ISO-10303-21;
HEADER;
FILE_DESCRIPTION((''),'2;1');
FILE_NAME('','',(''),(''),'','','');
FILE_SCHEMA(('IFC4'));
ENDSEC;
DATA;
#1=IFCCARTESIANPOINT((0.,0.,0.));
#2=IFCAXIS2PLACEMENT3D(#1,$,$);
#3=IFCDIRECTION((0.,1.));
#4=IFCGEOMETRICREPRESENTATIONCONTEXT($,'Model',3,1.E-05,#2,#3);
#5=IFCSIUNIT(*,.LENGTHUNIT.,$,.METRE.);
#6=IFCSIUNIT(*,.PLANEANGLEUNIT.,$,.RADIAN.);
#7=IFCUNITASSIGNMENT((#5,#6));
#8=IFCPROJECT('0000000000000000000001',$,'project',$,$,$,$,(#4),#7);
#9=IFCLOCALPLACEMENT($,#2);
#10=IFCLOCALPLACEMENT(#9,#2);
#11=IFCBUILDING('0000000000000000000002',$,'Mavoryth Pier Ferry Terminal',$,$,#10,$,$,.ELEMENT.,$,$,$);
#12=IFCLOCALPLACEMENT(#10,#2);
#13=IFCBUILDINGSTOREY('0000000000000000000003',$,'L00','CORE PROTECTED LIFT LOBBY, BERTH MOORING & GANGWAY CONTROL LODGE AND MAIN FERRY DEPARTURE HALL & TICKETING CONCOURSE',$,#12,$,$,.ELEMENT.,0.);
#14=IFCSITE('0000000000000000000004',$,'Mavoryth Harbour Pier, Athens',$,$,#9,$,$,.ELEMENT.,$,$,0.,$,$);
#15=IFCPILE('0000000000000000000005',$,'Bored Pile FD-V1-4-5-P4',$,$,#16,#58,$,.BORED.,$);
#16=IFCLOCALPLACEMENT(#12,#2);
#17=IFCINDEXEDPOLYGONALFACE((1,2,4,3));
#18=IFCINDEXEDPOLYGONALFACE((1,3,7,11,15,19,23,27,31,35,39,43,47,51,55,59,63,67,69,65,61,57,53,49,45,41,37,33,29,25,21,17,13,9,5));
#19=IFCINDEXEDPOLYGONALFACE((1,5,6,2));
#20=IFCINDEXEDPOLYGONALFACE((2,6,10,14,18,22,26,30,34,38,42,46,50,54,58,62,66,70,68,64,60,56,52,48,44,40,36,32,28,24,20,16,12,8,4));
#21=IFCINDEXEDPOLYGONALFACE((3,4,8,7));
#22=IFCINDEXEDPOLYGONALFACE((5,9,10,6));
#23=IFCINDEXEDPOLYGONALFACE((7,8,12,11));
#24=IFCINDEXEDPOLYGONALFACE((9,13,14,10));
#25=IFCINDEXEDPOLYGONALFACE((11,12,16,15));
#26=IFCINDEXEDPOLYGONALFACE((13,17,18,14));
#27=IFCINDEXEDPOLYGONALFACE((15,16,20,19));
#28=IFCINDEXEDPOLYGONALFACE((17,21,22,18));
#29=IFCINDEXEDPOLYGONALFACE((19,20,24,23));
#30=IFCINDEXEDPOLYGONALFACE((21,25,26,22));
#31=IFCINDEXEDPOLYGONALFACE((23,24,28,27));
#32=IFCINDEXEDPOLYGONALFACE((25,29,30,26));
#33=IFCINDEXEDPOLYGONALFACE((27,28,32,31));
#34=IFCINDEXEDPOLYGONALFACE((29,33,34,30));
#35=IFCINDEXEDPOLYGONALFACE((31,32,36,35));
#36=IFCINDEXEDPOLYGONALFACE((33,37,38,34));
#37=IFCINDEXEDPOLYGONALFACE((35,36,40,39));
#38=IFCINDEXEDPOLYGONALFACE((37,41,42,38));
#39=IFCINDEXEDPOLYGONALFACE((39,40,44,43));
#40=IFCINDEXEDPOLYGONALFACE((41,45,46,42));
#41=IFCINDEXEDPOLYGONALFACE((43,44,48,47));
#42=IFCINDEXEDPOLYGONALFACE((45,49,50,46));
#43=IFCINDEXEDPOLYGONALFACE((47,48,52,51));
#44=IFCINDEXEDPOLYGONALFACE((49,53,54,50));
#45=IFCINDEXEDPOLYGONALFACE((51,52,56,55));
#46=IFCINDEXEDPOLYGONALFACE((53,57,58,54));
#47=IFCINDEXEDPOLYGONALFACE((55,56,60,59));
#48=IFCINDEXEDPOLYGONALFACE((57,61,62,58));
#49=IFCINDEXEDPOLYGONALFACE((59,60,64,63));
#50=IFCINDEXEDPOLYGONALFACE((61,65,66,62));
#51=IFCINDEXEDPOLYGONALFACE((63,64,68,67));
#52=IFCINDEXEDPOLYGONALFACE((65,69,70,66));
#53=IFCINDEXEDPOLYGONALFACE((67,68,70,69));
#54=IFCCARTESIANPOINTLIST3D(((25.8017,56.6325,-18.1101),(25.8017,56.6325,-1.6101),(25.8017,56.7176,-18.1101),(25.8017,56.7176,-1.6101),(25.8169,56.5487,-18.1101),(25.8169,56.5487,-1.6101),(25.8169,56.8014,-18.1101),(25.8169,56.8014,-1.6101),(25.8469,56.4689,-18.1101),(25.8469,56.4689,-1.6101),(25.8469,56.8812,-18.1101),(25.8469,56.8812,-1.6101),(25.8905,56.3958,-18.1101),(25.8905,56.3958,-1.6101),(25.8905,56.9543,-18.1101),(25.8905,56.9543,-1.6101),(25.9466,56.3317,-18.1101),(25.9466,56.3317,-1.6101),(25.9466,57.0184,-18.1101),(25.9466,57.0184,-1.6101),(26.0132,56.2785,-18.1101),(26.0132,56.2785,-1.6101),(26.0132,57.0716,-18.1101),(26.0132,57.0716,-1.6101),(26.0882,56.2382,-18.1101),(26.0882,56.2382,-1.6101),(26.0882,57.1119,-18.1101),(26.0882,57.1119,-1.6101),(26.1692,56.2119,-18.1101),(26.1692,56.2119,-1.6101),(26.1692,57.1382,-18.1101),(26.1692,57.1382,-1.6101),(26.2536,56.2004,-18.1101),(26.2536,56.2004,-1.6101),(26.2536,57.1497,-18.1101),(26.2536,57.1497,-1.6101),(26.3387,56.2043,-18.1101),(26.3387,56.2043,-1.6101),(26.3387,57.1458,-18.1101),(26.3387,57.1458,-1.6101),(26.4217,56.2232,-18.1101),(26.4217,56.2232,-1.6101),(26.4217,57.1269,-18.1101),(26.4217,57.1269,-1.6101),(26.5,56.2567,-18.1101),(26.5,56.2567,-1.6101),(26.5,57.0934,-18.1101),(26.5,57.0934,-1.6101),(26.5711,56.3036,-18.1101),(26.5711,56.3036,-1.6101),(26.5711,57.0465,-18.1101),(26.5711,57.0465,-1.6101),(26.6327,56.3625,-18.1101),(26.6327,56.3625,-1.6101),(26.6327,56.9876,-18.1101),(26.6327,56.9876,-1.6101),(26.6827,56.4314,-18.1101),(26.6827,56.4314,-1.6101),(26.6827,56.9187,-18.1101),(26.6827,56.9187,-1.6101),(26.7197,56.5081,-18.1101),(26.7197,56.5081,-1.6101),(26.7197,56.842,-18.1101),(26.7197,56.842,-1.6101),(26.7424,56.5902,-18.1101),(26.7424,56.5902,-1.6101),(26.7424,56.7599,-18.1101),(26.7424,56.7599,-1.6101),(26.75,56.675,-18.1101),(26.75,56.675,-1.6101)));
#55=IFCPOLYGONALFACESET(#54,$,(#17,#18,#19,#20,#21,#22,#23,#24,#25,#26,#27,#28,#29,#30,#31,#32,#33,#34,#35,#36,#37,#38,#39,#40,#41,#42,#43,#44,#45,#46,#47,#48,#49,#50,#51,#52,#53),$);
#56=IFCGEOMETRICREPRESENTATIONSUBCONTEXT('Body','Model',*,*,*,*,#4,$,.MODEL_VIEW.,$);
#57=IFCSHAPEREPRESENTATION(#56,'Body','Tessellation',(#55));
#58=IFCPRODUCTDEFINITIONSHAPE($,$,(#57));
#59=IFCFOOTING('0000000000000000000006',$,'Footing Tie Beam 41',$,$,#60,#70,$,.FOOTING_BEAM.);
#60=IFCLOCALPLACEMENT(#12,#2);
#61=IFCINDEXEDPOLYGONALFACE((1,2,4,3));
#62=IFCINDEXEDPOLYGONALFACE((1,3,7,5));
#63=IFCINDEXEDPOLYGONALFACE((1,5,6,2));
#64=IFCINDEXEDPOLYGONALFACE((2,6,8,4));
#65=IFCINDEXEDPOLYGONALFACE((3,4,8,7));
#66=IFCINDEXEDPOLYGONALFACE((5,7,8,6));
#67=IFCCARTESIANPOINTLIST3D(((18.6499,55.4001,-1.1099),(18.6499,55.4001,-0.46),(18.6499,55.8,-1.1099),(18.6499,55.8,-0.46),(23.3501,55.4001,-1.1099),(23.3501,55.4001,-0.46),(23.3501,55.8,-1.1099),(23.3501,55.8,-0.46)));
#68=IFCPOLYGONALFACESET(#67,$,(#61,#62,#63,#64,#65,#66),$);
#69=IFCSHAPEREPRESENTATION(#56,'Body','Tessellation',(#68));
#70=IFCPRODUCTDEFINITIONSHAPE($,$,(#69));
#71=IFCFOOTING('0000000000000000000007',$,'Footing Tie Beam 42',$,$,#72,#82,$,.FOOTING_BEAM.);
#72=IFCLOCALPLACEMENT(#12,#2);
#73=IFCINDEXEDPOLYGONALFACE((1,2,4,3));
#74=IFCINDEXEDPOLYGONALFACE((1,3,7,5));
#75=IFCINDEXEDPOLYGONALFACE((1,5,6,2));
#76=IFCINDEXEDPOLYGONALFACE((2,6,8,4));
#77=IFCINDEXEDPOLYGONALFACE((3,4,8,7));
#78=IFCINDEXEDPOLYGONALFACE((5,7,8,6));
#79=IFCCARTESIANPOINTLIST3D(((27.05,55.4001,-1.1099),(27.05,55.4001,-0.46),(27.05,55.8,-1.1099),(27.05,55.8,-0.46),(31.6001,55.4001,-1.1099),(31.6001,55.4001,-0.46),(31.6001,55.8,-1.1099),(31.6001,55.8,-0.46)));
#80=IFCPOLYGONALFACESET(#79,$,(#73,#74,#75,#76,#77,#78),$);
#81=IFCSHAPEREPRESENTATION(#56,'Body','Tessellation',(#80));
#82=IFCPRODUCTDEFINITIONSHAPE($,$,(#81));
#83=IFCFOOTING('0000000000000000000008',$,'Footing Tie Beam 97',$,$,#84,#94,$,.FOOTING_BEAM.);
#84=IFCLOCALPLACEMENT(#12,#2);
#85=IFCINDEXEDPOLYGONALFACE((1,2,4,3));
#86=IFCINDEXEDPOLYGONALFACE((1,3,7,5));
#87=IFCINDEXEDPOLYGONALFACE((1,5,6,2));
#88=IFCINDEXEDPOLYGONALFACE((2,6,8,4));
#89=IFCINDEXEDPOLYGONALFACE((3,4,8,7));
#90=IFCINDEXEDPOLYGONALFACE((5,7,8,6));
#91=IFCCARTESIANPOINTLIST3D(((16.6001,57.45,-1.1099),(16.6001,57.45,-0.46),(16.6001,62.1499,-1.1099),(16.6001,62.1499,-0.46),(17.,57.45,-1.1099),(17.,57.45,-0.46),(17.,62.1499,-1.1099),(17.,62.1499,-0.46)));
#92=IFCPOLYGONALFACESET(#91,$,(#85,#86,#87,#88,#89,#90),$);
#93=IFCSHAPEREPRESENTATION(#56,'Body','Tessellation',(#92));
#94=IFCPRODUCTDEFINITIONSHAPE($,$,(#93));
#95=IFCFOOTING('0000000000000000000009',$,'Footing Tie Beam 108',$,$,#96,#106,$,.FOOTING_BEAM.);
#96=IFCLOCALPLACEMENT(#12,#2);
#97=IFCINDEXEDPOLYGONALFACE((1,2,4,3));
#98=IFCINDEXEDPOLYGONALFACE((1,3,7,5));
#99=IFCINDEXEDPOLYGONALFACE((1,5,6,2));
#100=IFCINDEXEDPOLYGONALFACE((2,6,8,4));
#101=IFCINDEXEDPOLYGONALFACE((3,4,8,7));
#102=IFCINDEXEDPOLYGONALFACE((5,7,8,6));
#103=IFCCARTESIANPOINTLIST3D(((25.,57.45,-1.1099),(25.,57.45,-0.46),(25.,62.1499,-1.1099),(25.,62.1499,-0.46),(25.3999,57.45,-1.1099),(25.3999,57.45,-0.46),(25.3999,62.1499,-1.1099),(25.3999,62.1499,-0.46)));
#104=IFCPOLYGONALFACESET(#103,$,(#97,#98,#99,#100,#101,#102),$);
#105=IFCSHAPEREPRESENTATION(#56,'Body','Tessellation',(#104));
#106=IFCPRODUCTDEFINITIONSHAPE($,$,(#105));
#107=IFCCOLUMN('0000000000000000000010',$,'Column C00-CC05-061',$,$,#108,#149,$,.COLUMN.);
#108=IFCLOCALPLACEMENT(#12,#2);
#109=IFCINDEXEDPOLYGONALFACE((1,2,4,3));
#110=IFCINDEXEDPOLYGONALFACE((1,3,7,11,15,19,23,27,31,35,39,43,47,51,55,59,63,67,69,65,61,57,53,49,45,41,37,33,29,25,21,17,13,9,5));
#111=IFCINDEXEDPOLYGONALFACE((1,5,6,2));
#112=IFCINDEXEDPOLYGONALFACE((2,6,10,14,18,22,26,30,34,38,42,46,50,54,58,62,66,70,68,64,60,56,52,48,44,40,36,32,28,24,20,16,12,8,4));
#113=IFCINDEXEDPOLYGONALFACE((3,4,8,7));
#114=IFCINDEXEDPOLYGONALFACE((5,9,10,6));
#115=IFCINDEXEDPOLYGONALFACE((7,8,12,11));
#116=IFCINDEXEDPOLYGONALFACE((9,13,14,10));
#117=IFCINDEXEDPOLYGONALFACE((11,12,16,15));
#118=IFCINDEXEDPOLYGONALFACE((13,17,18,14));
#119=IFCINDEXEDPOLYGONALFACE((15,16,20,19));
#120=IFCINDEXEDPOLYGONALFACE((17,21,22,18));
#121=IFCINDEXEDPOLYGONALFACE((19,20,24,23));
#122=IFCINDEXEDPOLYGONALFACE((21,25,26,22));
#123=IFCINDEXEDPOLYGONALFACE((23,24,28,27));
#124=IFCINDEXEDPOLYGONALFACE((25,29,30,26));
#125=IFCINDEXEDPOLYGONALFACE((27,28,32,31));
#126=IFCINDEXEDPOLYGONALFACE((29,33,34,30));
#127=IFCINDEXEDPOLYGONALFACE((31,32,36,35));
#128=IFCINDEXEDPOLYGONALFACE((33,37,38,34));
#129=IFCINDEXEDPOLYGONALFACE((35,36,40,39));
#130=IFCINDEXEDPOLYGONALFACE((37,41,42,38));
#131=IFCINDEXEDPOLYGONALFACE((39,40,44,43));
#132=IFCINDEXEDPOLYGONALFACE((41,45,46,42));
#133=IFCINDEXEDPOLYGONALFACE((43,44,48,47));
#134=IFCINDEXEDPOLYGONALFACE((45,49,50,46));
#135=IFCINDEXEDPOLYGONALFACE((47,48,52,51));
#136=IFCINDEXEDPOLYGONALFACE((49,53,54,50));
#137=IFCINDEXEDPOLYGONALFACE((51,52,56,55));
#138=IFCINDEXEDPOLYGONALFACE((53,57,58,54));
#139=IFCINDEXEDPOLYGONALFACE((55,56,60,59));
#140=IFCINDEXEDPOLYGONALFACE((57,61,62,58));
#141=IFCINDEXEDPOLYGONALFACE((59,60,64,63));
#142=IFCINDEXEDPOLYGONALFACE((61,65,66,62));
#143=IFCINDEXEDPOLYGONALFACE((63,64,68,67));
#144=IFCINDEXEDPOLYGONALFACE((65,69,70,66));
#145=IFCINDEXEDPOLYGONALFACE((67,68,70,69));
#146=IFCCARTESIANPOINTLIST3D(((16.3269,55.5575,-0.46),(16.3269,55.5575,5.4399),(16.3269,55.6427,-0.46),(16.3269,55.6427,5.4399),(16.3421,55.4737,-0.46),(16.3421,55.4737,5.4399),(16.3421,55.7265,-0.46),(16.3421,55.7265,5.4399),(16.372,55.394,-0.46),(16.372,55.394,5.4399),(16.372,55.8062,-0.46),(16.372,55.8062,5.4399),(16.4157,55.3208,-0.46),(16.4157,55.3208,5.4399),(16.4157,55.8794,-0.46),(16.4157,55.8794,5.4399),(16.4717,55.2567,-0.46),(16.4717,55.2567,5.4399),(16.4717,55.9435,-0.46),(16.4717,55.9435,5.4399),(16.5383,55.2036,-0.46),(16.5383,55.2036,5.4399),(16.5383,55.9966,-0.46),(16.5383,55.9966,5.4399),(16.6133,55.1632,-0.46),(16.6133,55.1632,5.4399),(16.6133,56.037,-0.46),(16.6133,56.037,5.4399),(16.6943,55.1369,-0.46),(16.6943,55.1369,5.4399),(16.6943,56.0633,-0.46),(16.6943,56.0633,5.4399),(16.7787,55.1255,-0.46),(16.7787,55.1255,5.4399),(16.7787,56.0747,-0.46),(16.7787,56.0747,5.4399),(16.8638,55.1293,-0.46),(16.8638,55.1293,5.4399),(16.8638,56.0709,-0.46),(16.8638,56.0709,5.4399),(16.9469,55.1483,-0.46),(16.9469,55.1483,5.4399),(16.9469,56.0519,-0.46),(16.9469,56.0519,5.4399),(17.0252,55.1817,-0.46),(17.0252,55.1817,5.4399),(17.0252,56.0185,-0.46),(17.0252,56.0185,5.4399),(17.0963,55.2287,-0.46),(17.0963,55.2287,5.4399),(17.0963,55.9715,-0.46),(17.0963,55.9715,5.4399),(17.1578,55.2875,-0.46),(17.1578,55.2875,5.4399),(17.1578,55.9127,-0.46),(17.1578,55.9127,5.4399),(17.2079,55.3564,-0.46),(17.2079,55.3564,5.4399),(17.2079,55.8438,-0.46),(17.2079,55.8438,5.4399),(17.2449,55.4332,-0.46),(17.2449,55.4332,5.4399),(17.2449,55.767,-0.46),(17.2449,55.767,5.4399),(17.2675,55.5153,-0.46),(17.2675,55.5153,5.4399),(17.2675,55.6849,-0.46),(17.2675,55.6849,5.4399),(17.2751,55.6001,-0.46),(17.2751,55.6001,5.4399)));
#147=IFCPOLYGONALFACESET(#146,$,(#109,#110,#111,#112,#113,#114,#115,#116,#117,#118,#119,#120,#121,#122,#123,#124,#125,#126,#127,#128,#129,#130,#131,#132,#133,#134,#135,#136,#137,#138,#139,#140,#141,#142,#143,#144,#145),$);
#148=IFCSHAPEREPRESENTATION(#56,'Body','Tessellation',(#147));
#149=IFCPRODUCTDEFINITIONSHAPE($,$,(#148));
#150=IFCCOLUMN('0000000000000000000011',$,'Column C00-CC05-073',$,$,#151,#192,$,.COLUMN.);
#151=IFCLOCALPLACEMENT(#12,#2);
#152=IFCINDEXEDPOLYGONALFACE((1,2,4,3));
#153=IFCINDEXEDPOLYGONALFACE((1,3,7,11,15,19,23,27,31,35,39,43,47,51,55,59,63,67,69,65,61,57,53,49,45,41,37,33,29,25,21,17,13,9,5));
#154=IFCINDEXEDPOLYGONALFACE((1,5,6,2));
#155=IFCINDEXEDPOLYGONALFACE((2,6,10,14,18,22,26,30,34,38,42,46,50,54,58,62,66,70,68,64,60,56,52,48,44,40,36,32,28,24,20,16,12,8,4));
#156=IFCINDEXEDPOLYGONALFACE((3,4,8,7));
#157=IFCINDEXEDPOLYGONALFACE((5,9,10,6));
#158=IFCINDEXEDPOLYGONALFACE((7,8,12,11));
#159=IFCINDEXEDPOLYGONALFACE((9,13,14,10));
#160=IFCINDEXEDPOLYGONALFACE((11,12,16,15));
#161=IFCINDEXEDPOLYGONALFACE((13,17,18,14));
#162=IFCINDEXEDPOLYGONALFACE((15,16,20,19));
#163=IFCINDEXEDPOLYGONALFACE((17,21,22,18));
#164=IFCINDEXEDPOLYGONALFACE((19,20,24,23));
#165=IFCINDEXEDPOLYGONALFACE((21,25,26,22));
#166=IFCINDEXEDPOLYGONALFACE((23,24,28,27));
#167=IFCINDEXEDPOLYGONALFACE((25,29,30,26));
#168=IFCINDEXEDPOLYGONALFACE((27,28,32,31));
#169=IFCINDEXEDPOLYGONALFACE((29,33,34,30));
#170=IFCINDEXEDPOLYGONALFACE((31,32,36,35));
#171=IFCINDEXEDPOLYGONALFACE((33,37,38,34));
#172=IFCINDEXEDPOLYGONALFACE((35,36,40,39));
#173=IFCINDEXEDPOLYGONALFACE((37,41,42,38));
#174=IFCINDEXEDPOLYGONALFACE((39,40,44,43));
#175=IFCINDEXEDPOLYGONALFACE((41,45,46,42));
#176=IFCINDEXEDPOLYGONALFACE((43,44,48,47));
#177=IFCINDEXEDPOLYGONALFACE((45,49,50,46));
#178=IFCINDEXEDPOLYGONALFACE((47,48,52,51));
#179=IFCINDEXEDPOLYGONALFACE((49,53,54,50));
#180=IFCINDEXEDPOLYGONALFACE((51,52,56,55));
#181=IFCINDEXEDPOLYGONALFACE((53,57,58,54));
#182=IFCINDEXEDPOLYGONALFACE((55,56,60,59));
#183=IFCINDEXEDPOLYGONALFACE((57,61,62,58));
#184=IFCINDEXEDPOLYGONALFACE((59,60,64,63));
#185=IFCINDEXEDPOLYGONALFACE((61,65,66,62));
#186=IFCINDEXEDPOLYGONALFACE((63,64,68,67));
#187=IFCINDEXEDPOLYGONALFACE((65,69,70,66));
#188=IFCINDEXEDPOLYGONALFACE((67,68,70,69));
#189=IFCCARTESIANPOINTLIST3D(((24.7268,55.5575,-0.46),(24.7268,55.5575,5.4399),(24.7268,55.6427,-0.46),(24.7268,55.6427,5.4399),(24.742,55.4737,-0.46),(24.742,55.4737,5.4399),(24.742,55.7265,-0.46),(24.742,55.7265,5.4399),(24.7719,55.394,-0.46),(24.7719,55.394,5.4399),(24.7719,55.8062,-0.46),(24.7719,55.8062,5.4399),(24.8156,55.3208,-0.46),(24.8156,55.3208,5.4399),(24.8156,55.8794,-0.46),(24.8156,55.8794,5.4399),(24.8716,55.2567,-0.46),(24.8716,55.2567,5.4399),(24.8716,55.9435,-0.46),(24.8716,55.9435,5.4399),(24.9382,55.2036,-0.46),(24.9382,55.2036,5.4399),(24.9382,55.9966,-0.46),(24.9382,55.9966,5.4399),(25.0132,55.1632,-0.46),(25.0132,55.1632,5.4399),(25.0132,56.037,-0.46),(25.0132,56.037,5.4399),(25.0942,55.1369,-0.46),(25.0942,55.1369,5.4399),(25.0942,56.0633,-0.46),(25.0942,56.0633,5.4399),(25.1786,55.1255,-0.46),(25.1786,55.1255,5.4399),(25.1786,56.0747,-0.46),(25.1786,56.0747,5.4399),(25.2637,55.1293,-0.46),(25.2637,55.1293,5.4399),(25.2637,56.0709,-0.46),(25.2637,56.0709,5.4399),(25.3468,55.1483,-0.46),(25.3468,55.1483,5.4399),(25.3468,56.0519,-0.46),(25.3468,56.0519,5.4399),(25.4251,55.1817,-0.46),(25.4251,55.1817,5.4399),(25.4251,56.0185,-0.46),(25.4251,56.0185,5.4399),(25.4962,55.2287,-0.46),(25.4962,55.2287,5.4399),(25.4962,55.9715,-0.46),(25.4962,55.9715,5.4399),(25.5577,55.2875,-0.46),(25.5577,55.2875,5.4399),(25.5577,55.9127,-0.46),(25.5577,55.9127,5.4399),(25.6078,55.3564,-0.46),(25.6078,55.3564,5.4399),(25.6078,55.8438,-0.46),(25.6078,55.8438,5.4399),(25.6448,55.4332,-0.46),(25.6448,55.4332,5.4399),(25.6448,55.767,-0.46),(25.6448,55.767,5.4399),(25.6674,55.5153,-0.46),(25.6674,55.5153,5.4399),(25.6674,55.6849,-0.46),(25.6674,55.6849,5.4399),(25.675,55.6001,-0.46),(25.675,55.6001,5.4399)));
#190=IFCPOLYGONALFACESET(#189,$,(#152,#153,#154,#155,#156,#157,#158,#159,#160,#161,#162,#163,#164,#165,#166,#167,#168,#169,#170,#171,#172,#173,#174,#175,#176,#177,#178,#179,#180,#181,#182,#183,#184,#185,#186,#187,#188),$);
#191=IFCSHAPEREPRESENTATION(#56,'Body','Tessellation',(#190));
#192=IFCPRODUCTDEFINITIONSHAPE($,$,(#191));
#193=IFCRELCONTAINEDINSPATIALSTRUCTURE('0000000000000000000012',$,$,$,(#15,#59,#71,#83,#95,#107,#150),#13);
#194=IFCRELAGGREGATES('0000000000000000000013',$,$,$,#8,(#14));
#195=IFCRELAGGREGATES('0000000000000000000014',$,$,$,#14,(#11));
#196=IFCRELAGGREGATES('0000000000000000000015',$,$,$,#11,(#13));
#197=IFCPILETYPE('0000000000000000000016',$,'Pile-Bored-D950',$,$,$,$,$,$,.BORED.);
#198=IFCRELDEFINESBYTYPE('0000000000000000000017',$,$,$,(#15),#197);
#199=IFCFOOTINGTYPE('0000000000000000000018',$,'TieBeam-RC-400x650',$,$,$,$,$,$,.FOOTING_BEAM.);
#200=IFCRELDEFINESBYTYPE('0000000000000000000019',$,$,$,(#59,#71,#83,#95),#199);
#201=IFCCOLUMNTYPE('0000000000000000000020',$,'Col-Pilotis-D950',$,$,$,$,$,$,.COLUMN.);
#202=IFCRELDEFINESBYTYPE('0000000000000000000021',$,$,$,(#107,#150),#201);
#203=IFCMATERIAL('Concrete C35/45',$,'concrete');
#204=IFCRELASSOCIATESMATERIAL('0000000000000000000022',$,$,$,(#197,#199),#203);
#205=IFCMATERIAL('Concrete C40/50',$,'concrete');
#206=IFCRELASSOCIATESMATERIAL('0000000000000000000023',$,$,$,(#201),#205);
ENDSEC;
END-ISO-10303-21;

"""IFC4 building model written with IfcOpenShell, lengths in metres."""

from ifc_helpers import new_model, si_unit, direction, frame, origin, origin_2d, place, context, subcontext, project, spatial, rectangle, circle, extrude, material, material_profile, profile_set, type_object, element, save


model = new_model("IFC4")

# Units and contexts
model_context = context("Model", 3, precision=1e-05, world=origin(), true_north=direction((0.0, 1.0)))
body_context = subcontext(model_context, "Body", "Model", "MODEL_VIEW")
ifc_project = project(units=[si_unit("LENGTHUNIT", "METRE"), si_unit("PLANEANGLEUNIT", "RADIAN")], contexts=[model_context])

# Site, building, storey
site_placement = place(None, origin())
site = spatial("IfcSite", under=ifc_project, at=site_placement, Name="Mavoryth Harbour Pier, Athens", CompositionType="ELEMENT", RefElevation=0.0)
building_placement = place(site_placement, origin())
building = spatial("IfcBuilding", under=site, at=building_placement, Name="Mavoryth Pier Ferry Terminal", CompositionType="ELEMENT")
storey_placement = place(building_placement, origin())
storey = spatial("IfcBuildingStorey", under=building, at=storey_placement, Name="L00", Description="CORE PROTECTED LIFT LOBBY, BERTH MOORING & GANGWAY CONTROL LODGE AND MAIN FERRY DEPARTURE HALL & TICKETING CONCOURSE", CompositionType="ELEMENT", Elevation=0.0)

# Shared definitions
ifc_material_1 = material(Name="Concrete C35/45", Category="concrete")

# Pile
ifc_material_profile_1 = material_profile(ifc_material_1, circle(Radius=0.4751, at=origin_2d()), Name="PILE D950", Category="concrete")
ifc_profile_set_1 = profile_set([ifc_material_profile_1], Name="Concrete C35/45 - PILE D950")
pile_type_1 = type_object("IfcPileType", Name="Pile-Bored-D950", PredefinedType="BORED", material=ifc_profile_set_1)
for number, where, z_axis, x_axis, name in (
    (1, (26.2749, 56.675, -1.6101), (0.0, 0.0, -1.0), (1.0, 0.0, 0.0), "Bored Pile FD-V1-4-5-P4"),
):
    element("IfcPile", number, at=place(storey_placement, frame(where, z_axis=z_axis, x_axis=x_axis)), inside=storey, type_object=pile_type_1, Name=name, PredefinedType="BORED", context=body_context, shape_type="SweptSolid", body=[
        extrude(circle(Radius=0.4751, at=origin_2d()), origin(), (0.0, 0.0, 1.0), 16.5),
    ])

# Footings
ifc_material_profile_2 = material_profile(ifc_material_1, rectangle(XDim=0.3999, YDim=0.6499, at=origin_2d()), Name="RC 400x650", Category="concrete")
ifc_profile_set_2 = profile_set([ifc_material_profile_2], Name="Concrete C35/45 - RC 400x650")
footing_type_1 = type_object("IfcFootingType", Name="TieBeam-RC-400x650", PredefinedType="FOOTING_BEAM", material=ifc_profile_set_2)
footing_1_placement = place(storey_placement, frame((18.6499, 55.6001, -0.7849), z_axis=(1.0, 0.0, 0.0), x_axis=(0.0, 1.0, 0.0)))
element("IfcFooting", 2, at=footing_1_placement, inside=storey, type_object=footing_type_1, Name="Footing Tie Beam 41", PredefinedType="FOOTING_BEAM", context=body_context, shape_type="SweptSolid", body=[
    extrude(rectangle(XDim=0.3999, YDim=0.6499, at=origin_2d()), origin(), (0.0, 0.0, 1.0), 4.7002),
])
footing_2_placement = place(storey_placement, frame((27.05, 55.6001, -0.7849), z_axis=(1.0, 0.0, 0.0), x_axis=(0.0, 1.0, 0.0)))
element("IfcFooting", 3, at=footing_2_placement, inside=storey, type_object=footing_type_1, Name="Footing Tie Beam 42", PredefinedType="FOOTING_BEAM", context=body_context, shape_type="SweptSolid", body=[
    extrude(rectangle(XDim=0.3999, YDim=0.6499, at=origin_2d()), origin(), (0.0, 0.0, 1.0), 4.55),
])
for number, where, z_axis, x_axis, name in (
    (4, (16.8, 57.45, -0.7849), (0.0, 1.0, 0.0), (-1.0, 0.0, 0.0), "Footing Tie Beam 97"),
    (5, (25.2, 57.45, -0.7849), (0.0, 1.0, 0.0), (-1.0, 0.0, 0.0), "Footing Tie Beam 108"),
):
    element("IfcFooting", number, at=place(storey_placement, frame(where, z_axis=z_axis, x_axis=x_axis)), inside=storey, type_object=footing_type_1, Name=name, PredefinedType="FOOTING_BEAM", context=body_context, shape_type="SweptSolid", body=[
        extrude(rectangle(XDim=0.3999, YDim=0.6499, at=origin_2d()), origin(), (0.0, 0.0, 1.0), 4.7),
    ])

# Columns
ifc_material_2 = material(Name="Concrete C40/50", Category="concrete")
ifc_material_profile_3 = material_profile(ifc_material_2, circle(Radius=0.4751, at=origin_2d()), Name="RC D950", Category="concrete")
ifc_profile_set_3 = profile_set([ifc_material_profile_3], Name="Concrete C40/50 - RC D950")
column_type = type_object("IfcColumnType", Name="Col-Pilotis-D950", PredefinedType="COLUMN", material=ifc_profile_set_3)
for number, where, z_axis, x_axis, name in (
    (6, (16.8, 55.6001, -0.46), (0.0, 0.0, 1.0), (1.0, 0.0, 0.0), "Column C00-CC05-061"),
    (7, (25.2, 55.6001, -0.46), (0.0, 0.0, 1.0), (1.0, 0.0, 0.0), "Column C00-CC05-073"),
):
    element("IfcColumn", number, at=place(storey_placement, frame(where, z_axis=z_axis, x_axis=x_axis)), inside=storey, type_object=column_type, Name=name, PredefinedType="COLUMN", context=body_context, shape_type="SweptSolid", body=[
        extrude(circle(Radius=0.4751, at=origin_2d()), origin(), (0.0, 0.0, 1.0), 5.8999),
    ])

save(model, "model.ifc")
